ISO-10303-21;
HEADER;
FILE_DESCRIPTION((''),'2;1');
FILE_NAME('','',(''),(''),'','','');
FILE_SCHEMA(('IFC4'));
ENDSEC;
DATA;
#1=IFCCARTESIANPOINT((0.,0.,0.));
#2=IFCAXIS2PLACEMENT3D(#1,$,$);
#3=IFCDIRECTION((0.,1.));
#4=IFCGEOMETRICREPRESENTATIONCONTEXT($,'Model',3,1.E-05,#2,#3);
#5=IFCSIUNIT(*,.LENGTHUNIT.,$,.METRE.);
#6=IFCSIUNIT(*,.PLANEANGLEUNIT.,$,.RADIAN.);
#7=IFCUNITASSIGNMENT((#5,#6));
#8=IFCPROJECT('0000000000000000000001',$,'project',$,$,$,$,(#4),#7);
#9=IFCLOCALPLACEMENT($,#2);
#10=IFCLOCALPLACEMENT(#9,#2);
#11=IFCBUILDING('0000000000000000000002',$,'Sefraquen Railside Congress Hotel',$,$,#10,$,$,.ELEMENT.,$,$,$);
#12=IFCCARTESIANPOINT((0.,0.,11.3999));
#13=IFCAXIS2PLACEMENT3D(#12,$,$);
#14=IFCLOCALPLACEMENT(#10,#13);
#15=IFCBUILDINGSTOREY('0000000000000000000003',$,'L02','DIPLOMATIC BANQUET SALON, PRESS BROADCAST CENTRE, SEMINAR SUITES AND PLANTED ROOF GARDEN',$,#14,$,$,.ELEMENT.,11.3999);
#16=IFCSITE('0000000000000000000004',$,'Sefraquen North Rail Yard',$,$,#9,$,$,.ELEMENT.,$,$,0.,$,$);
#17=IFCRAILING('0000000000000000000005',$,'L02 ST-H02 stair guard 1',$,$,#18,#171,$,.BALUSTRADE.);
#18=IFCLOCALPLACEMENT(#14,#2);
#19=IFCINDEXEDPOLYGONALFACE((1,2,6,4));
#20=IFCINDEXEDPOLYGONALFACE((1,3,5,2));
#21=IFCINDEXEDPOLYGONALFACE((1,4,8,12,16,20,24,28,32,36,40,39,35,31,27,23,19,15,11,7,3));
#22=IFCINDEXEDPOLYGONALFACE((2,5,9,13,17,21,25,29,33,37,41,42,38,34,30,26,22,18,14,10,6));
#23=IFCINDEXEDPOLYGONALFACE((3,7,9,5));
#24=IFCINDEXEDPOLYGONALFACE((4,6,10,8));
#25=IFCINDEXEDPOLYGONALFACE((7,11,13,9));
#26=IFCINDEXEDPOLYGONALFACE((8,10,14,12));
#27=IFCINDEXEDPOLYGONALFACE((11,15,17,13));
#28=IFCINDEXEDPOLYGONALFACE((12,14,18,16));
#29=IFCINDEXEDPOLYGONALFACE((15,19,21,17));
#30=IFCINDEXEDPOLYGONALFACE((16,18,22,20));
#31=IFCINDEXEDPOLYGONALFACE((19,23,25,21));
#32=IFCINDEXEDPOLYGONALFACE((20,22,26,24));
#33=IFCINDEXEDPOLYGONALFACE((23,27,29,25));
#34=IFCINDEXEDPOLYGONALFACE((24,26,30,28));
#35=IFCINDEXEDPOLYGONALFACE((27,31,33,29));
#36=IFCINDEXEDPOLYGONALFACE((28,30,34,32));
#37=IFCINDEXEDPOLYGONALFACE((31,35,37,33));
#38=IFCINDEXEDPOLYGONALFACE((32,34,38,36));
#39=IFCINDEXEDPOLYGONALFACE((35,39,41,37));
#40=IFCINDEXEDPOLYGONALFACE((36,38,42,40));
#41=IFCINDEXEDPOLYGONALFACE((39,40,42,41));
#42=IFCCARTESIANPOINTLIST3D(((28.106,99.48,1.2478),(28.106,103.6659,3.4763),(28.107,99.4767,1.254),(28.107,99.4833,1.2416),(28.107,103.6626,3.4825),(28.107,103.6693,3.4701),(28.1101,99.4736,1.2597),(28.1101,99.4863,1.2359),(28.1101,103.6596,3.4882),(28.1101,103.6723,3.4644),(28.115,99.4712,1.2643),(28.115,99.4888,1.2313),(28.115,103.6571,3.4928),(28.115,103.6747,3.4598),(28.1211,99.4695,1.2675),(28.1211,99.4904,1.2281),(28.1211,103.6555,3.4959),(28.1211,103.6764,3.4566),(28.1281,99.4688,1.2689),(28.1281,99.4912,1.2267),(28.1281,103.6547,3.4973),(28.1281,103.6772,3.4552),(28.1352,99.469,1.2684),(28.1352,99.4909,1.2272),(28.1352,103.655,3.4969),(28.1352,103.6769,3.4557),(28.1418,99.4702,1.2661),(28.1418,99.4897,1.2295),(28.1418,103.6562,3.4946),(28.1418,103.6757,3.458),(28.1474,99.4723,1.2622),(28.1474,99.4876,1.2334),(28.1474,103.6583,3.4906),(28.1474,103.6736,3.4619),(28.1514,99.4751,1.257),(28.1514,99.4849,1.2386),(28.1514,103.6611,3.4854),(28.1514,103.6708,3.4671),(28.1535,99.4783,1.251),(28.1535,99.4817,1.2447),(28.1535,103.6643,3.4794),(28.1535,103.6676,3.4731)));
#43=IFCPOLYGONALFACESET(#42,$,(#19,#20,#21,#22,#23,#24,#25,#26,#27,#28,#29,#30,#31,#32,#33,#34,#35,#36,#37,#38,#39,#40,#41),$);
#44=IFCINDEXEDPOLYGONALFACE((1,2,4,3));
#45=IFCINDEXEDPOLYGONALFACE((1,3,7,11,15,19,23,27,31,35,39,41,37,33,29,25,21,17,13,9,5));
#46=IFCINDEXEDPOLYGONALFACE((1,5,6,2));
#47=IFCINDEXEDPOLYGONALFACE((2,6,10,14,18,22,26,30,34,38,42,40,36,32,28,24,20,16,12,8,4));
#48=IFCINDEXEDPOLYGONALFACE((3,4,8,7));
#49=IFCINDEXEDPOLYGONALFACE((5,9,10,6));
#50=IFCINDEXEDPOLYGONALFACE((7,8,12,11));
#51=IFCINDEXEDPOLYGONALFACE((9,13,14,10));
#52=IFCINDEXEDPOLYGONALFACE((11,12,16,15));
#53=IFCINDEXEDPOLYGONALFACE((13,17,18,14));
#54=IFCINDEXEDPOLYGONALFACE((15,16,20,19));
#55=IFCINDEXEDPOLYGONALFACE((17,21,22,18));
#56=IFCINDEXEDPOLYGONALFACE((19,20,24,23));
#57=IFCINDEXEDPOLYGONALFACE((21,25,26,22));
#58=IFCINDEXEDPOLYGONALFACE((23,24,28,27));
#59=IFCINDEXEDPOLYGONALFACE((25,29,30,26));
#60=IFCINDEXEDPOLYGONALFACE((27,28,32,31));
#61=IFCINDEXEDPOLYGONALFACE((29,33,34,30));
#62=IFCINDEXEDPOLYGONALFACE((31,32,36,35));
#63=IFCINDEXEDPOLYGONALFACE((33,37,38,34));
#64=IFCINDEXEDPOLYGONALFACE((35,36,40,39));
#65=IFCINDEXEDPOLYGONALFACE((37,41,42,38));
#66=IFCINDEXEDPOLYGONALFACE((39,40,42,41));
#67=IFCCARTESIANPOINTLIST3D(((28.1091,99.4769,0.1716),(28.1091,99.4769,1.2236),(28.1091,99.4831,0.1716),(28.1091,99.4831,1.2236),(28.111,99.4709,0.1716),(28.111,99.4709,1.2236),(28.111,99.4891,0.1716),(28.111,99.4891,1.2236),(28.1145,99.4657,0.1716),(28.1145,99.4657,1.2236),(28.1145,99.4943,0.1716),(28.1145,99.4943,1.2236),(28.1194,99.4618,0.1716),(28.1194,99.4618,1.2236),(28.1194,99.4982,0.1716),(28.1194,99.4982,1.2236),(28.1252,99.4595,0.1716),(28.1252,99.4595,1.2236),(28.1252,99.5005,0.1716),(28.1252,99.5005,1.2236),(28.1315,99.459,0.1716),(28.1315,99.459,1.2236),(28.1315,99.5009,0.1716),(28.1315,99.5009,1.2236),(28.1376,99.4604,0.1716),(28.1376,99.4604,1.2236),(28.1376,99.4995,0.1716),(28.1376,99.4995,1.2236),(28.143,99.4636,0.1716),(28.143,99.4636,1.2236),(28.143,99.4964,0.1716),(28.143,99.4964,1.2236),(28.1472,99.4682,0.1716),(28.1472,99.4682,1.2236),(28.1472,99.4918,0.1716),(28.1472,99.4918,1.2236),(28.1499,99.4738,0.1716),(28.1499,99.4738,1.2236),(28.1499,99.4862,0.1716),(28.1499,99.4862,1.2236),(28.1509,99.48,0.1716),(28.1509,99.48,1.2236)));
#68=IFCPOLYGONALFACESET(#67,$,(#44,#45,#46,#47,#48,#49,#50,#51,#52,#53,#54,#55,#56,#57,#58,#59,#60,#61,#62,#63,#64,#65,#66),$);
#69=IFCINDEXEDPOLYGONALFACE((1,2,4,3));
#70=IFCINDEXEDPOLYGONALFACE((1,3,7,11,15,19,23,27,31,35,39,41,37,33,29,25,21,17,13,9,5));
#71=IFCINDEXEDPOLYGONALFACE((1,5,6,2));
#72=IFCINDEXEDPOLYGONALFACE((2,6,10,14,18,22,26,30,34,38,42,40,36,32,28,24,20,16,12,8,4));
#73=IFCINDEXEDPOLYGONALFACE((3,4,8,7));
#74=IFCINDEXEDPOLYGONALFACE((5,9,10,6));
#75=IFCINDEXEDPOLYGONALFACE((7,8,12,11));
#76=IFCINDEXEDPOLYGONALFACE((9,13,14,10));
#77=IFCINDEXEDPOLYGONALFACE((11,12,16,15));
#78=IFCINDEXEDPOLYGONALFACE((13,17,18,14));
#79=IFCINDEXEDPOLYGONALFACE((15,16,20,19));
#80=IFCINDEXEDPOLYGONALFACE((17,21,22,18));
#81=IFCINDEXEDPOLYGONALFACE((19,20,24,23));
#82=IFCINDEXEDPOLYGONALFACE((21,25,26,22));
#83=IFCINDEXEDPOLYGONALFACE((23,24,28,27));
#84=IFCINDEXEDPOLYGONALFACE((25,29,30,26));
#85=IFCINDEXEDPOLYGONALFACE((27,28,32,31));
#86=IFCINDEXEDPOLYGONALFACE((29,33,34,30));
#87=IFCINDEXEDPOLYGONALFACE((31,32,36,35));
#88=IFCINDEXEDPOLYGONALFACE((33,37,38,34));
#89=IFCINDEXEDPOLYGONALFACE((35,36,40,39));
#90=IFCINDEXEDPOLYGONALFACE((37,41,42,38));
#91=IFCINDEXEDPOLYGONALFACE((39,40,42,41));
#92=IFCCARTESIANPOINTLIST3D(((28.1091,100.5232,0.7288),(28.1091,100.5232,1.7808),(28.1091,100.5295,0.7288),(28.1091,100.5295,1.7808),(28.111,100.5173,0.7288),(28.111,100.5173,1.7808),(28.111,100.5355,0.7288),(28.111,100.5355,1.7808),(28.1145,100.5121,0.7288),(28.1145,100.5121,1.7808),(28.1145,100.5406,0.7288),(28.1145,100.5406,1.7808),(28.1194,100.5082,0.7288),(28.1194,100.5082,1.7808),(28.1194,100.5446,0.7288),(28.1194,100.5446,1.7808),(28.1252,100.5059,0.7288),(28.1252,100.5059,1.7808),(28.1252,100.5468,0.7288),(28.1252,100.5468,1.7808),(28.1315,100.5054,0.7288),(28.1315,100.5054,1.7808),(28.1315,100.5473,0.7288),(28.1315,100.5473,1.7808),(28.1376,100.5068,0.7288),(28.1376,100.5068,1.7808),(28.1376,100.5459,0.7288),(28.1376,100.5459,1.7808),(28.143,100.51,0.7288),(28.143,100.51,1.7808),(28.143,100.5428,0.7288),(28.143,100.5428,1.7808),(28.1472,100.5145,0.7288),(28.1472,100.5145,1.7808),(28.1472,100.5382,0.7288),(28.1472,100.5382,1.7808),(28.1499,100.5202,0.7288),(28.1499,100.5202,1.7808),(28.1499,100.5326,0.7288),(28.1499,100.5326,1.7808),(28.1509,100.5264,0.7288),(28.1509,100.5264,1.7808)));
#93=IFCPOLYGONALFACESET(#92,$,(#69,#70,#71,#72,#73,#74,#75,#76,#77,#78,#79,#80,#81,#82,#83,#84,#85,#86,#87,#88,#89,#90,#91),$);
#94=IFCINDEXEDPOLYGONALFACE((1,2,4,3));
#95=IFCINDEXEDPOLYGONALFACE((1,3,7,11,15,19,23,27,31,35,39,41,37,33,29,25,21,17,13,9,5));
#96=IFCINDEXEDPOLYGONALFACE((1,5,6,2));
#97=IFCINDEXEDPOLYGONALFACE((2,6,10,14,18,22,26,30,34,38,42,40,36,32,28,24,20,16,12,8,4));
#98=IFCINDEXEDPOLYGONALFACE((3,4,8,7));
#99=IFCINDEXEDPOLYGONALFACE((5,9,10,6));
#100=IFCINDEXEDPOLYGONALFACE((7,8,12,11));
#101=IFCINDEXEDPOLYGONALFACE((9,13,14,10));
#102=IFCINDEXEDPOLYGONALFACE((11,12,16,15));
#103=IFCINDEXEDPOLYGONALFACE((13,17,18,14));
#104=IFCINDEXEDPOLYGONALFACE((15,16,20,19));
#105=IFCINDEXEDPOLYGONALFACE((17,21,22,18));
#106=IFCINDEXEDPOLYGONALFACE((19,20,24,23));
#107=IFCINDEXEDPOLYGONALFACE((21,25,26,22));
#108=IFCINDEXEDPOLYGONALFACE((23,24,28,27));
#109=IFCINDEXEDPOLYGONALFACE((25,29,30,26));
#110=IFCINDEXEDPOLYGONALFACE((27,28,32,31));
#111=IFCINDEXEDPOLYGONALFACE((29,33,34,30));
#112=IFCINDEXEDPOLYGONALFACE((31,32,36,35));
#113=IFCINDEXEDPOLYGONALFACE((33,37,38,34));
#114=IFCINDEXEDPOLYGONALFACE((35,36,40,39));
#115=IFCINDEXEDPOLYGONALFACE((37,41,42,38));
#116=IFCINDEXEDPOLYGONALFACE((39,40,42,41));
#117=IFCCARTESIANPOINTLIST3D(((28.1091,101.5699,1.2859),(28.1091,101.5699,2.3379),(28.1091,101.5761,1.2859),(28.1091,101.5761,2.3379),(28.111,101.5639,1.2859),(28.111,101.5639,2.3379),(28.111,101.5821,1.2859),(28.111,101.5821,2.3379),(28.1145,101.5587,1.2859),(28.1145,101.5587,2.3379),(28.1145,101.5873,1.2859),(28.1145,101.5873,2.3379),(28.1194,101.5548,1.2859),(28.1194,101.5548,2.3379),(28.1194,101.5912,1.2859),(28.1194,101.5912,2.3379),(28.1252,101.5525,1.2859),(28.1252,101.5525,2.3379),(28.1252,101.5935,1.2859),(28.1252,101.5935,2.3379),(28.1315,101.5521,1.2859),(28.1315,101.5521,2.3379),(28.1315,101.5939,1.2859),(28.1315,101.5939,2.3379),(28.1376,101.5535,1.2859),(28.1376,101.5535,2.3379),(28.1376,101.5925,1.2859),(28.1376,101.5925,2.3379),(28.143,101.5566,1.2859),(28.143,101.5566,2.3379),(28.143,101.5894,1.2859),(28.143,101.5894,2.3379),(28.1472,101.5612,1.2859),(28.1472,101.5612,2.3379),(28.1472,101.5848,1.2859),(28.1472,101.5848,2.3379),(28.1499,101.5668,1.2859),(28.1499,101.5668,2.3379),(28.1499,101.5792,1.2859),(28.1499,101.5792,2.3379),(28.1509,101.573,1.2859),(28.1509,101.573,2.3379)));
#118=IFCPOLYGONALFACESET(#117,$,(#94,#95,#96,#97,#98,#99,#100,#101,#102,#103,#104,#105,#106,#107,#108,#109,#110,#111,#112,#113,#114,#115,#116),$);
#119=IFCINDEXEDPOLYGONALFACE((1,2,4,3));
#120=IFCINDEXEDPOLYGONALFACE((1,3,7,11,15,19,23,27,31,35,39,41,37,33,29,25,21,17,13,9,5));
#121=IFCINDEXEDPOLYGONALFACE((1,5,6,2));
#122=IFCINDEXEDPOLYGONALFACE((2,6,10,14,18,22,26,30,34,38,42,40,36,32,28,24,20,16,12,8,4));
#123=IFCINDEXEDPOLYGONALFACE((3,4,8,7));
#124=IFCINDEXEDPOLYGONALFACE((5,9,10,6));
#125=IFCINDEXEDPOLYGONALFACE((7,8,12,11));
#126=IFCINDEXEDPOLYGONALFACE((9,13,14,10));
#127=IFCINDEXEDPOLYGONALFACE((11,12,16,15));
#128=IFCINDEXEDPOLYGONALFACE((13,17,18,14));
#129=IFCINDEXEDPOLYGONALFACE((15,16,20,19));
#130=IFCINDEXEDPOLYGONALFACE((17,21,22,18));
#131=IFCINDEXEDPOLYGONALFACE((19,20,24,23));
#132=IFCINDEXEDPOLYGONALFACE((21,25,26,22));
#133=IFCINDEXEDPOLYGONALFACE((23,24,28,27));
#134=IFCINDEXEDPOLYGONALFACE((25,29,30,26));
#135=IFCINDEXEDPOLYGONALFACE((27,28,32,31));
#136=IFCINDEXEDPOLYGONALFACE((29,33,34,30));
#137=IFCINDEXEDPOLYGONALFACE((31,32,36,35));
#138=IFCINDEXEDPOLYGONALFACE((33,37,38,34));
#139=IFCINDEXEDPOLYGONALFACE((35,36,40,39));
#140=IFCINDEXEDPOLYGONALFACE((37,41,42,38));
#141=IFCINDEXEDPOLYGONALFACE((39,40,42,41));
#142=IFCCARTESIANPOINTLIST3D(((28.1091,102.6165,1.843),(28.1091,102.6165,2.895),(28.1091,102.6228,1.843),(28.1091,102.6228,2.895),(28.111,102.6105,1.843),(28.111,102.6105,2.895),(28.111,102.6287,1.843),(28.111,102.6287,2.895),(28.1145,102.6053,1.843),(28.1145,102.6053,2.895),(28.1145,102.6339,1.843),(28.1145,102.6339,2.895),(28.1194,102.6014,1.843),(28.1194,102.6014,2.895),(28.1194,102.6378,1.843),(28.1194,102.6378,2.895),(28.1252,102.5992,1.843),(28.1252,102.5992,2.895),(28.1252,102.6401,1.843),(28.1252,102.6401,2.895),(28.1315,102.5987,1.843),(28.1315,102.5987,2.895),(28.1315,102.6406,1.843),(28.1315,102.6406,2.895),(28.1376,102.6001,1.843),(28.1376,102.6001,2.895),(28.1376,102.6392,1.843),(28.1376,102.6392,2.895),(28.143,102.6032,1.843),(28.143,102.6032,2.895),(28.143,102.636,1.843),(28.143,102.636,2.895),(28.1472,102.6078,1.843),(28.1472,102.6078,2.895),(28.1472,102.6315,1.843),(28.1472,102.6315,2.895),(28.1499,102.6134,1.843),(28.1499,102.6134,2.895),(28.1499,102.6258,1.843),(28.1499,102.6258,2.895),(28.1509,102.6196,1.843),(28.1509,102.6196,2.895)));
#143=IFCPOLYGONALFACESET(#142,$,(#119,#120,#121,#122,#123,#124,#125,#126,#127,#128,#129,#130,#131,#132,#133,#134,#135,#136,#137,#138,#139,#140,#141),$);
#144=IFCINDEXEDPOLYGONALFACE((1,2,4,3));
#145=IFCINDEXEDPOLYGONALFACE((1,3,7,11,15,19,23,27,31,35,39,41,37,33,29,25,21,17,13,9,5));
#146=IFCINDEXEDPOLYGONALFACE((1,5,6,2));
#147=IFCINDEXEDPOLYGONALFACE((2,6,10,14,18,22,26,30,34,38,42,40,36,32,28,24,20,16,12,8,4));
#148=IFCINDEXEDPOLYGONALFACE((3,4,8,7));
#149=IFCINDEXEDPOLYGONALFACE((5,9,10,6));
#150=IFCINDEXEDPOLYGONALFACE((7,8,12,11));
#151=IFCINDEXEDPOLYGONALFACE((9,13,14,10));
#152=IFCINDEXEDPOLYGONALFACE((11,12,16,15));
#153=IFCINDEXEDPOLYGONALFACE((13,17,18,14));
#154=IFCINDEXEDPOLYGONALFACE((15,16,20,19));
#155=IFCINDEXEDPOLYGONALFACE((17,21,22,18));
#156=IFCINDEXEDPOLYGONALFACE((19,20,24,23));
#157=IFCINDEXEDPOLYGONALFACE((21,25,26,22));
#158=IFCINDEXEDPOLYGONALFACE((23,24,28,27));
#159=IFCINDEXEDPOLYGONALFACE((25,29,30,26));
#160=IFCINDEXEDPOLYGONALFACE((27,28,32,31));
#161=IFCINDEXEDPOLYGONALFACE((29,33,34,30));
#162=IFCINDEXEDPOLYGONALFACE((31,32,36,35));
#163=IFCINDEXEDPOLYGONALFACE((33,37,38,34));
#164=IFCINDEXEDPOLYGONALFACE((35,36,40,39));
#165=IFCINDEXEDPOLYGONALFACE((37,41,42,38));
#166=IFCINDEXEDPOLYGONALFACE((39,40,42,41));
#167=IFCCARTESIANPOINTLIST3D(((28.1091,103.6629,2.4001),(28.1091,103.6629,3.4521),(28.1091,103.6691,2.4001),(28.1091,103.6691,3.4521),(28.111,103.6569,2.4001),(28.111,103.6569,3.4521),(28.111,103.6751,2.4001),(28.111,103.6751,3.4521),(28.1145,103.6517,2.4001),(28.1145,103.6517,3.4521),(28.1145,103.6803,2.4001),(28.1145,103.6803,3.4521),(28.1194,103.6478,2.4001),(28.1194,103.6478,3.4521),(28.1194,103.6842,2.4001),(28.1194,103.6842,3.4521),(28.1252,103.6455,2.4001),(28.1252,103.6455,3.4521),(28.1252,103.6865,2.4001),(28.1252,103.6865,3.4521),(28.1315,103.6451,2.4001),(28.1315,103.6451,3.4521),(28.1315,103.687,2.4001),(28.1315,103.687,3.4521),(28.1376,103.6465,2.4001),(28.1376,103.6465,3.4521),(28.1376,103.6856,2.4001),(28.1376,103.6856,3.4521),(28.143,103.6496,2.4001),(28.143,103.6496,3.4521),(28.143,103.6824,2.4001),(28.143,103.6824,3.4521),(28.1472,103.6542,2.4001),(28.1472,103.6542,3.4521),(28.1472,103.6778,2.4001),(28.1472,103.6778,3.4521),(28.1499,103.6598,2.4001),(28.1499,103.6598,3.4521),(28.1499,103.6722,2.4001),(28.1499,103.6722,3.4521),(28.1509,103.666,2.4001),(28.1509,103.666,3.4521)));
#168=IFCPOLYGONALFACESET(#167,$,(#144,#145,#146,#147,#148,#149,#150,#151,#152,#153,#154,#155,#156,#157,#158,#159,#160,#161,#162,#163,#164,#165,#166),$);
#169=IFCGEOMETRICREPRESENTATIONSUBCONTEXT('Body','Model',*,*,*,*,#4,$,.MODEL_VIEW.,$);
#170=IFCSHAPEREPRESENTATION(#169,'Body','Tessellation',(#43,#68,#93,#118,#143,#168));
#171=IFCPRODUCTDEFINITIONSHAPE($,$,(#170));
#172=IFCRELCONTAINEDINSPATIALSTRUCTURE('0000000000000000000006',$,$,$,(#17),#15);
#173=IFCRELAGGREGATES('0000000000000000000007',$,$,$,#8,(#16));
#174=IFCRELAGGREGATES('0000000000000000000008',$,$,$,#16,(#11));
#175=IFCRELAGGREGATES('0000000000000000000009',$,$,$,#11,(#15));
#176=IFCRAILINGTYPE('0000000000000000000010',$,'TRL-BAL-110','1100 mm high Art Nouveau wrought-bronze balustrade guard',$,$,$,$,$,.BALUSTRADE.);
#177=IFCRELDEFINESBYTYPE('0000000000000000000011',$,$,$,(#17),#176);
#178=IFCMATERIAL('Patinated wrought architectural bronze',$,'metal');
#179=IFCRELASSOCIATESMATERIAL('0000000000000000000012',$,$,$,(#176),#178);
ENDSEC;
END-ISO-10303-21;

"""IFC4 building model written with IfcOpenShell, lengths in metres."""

from ifc_helpers import new_model, si_unit, direction, frame, origin, origin_2d, place, context, subcontext, project, spatial, circle, extrude, material, type_object, element, save


model = new_model("IFC4")

# Units and contexts
model_context = context("Model", 3, precision=1e-05, world=origin(), true_north=direction((0.0, 1.0)))
body_context = subcontext(model_context, "Body", "Model", "MODEL_VIEW")
ifc_project = project(units=[si_unit("LENGTHUNIT", "METRE"), si_unit("PLANEANGLEUNIT", "RADIAN")], contexts=[model_context])

# Site, building, storey
site_placement = place(None, origin())
site = spatial("IfcSite", under=ifc_project, at=site_placement, Name="Sefraquen North Rail Yard", CompositionType="ELEMENT", RefElevation=0.0)
building_placement = place(site_placement, origin())
building = spatial("IfcBuilding", under=site, at=building_placement, Name="Sefraquen Railside Congress Hotel", CompositionType="ELEMENT")
storey_placement = place(building_placement, frame((0.0, 0.0, 11.3999)))
storey = spatial("IfcBuildingStorey", under=building, at=storey_placement, Name="L02", Description="DIPLOMATIC BANQUET SALON, PRESS BROADCAST CENTRE, SEMINAR SUITES AND PLANTED ROOF GARDEN", CompositionType="ELEMENT", Elevation=11.3999)

# Railing
ifc_material_1 = material(Name="Patinated wrought architectural bronze", Category="metal")
railing_type_1 = type_object("IfcRailingType", Name="TRL-BAL-110", Description="1100 mm high Art Nouveau wrought-bronze balustrade guard", PredefinedType="BALUSTRADE", material=ifc_material_1)
railing_1_placement = place(storey_placement, frame((28.1299, 99.48, 0.1716)))
element("IfcRailing", 1, at=railing_1_placement, inside=storey, type_object=railing_type_1, Name="L02 ST-H02 stair guard 1", PredefinedType="BALUSTRADE", context=body_context, shape_type="SweptSolid", body=[
    extrude(circle(Radius=0.0239, at=origin_2d()), frame((0.0, 0.0, 1.0762), z_axis=(0.0, 0.882706, 0.469925), x_axis=(-1.0, 0.0, 0.0)), (0.0, 0.0, 1.0), 4.7422),
    extrude(circle(Radius=0.021, at=origin_2d()), origin(), (0.0, 0.0, 1.0), 1.052),
    extrude(circle(Radius=0.021, at=origin_2d()), frame((0.0, 1.0464, 0.5571)), (0.0, 0.0, 1.0), 1.052),
    extrude(circle(Radius=0.021, at=origin_2d()), frame((0.0, 2.093, 1.1143)), (0.0, 0.0, 1.0), 1.052),
    extrude(circle(Radius=0.021, at=origin_2d()), frame((0.0, 3.1396, 1.6714)), (0.0, 0.0, 1.0), 1.052),
    extrude(circle(Radius=0.021, at=origin_2d()), frame((0.0, 4.186, 2.2285)), (0.0, 0.0, 1.0), 1.052),
])

save(model, "model.ifc")
